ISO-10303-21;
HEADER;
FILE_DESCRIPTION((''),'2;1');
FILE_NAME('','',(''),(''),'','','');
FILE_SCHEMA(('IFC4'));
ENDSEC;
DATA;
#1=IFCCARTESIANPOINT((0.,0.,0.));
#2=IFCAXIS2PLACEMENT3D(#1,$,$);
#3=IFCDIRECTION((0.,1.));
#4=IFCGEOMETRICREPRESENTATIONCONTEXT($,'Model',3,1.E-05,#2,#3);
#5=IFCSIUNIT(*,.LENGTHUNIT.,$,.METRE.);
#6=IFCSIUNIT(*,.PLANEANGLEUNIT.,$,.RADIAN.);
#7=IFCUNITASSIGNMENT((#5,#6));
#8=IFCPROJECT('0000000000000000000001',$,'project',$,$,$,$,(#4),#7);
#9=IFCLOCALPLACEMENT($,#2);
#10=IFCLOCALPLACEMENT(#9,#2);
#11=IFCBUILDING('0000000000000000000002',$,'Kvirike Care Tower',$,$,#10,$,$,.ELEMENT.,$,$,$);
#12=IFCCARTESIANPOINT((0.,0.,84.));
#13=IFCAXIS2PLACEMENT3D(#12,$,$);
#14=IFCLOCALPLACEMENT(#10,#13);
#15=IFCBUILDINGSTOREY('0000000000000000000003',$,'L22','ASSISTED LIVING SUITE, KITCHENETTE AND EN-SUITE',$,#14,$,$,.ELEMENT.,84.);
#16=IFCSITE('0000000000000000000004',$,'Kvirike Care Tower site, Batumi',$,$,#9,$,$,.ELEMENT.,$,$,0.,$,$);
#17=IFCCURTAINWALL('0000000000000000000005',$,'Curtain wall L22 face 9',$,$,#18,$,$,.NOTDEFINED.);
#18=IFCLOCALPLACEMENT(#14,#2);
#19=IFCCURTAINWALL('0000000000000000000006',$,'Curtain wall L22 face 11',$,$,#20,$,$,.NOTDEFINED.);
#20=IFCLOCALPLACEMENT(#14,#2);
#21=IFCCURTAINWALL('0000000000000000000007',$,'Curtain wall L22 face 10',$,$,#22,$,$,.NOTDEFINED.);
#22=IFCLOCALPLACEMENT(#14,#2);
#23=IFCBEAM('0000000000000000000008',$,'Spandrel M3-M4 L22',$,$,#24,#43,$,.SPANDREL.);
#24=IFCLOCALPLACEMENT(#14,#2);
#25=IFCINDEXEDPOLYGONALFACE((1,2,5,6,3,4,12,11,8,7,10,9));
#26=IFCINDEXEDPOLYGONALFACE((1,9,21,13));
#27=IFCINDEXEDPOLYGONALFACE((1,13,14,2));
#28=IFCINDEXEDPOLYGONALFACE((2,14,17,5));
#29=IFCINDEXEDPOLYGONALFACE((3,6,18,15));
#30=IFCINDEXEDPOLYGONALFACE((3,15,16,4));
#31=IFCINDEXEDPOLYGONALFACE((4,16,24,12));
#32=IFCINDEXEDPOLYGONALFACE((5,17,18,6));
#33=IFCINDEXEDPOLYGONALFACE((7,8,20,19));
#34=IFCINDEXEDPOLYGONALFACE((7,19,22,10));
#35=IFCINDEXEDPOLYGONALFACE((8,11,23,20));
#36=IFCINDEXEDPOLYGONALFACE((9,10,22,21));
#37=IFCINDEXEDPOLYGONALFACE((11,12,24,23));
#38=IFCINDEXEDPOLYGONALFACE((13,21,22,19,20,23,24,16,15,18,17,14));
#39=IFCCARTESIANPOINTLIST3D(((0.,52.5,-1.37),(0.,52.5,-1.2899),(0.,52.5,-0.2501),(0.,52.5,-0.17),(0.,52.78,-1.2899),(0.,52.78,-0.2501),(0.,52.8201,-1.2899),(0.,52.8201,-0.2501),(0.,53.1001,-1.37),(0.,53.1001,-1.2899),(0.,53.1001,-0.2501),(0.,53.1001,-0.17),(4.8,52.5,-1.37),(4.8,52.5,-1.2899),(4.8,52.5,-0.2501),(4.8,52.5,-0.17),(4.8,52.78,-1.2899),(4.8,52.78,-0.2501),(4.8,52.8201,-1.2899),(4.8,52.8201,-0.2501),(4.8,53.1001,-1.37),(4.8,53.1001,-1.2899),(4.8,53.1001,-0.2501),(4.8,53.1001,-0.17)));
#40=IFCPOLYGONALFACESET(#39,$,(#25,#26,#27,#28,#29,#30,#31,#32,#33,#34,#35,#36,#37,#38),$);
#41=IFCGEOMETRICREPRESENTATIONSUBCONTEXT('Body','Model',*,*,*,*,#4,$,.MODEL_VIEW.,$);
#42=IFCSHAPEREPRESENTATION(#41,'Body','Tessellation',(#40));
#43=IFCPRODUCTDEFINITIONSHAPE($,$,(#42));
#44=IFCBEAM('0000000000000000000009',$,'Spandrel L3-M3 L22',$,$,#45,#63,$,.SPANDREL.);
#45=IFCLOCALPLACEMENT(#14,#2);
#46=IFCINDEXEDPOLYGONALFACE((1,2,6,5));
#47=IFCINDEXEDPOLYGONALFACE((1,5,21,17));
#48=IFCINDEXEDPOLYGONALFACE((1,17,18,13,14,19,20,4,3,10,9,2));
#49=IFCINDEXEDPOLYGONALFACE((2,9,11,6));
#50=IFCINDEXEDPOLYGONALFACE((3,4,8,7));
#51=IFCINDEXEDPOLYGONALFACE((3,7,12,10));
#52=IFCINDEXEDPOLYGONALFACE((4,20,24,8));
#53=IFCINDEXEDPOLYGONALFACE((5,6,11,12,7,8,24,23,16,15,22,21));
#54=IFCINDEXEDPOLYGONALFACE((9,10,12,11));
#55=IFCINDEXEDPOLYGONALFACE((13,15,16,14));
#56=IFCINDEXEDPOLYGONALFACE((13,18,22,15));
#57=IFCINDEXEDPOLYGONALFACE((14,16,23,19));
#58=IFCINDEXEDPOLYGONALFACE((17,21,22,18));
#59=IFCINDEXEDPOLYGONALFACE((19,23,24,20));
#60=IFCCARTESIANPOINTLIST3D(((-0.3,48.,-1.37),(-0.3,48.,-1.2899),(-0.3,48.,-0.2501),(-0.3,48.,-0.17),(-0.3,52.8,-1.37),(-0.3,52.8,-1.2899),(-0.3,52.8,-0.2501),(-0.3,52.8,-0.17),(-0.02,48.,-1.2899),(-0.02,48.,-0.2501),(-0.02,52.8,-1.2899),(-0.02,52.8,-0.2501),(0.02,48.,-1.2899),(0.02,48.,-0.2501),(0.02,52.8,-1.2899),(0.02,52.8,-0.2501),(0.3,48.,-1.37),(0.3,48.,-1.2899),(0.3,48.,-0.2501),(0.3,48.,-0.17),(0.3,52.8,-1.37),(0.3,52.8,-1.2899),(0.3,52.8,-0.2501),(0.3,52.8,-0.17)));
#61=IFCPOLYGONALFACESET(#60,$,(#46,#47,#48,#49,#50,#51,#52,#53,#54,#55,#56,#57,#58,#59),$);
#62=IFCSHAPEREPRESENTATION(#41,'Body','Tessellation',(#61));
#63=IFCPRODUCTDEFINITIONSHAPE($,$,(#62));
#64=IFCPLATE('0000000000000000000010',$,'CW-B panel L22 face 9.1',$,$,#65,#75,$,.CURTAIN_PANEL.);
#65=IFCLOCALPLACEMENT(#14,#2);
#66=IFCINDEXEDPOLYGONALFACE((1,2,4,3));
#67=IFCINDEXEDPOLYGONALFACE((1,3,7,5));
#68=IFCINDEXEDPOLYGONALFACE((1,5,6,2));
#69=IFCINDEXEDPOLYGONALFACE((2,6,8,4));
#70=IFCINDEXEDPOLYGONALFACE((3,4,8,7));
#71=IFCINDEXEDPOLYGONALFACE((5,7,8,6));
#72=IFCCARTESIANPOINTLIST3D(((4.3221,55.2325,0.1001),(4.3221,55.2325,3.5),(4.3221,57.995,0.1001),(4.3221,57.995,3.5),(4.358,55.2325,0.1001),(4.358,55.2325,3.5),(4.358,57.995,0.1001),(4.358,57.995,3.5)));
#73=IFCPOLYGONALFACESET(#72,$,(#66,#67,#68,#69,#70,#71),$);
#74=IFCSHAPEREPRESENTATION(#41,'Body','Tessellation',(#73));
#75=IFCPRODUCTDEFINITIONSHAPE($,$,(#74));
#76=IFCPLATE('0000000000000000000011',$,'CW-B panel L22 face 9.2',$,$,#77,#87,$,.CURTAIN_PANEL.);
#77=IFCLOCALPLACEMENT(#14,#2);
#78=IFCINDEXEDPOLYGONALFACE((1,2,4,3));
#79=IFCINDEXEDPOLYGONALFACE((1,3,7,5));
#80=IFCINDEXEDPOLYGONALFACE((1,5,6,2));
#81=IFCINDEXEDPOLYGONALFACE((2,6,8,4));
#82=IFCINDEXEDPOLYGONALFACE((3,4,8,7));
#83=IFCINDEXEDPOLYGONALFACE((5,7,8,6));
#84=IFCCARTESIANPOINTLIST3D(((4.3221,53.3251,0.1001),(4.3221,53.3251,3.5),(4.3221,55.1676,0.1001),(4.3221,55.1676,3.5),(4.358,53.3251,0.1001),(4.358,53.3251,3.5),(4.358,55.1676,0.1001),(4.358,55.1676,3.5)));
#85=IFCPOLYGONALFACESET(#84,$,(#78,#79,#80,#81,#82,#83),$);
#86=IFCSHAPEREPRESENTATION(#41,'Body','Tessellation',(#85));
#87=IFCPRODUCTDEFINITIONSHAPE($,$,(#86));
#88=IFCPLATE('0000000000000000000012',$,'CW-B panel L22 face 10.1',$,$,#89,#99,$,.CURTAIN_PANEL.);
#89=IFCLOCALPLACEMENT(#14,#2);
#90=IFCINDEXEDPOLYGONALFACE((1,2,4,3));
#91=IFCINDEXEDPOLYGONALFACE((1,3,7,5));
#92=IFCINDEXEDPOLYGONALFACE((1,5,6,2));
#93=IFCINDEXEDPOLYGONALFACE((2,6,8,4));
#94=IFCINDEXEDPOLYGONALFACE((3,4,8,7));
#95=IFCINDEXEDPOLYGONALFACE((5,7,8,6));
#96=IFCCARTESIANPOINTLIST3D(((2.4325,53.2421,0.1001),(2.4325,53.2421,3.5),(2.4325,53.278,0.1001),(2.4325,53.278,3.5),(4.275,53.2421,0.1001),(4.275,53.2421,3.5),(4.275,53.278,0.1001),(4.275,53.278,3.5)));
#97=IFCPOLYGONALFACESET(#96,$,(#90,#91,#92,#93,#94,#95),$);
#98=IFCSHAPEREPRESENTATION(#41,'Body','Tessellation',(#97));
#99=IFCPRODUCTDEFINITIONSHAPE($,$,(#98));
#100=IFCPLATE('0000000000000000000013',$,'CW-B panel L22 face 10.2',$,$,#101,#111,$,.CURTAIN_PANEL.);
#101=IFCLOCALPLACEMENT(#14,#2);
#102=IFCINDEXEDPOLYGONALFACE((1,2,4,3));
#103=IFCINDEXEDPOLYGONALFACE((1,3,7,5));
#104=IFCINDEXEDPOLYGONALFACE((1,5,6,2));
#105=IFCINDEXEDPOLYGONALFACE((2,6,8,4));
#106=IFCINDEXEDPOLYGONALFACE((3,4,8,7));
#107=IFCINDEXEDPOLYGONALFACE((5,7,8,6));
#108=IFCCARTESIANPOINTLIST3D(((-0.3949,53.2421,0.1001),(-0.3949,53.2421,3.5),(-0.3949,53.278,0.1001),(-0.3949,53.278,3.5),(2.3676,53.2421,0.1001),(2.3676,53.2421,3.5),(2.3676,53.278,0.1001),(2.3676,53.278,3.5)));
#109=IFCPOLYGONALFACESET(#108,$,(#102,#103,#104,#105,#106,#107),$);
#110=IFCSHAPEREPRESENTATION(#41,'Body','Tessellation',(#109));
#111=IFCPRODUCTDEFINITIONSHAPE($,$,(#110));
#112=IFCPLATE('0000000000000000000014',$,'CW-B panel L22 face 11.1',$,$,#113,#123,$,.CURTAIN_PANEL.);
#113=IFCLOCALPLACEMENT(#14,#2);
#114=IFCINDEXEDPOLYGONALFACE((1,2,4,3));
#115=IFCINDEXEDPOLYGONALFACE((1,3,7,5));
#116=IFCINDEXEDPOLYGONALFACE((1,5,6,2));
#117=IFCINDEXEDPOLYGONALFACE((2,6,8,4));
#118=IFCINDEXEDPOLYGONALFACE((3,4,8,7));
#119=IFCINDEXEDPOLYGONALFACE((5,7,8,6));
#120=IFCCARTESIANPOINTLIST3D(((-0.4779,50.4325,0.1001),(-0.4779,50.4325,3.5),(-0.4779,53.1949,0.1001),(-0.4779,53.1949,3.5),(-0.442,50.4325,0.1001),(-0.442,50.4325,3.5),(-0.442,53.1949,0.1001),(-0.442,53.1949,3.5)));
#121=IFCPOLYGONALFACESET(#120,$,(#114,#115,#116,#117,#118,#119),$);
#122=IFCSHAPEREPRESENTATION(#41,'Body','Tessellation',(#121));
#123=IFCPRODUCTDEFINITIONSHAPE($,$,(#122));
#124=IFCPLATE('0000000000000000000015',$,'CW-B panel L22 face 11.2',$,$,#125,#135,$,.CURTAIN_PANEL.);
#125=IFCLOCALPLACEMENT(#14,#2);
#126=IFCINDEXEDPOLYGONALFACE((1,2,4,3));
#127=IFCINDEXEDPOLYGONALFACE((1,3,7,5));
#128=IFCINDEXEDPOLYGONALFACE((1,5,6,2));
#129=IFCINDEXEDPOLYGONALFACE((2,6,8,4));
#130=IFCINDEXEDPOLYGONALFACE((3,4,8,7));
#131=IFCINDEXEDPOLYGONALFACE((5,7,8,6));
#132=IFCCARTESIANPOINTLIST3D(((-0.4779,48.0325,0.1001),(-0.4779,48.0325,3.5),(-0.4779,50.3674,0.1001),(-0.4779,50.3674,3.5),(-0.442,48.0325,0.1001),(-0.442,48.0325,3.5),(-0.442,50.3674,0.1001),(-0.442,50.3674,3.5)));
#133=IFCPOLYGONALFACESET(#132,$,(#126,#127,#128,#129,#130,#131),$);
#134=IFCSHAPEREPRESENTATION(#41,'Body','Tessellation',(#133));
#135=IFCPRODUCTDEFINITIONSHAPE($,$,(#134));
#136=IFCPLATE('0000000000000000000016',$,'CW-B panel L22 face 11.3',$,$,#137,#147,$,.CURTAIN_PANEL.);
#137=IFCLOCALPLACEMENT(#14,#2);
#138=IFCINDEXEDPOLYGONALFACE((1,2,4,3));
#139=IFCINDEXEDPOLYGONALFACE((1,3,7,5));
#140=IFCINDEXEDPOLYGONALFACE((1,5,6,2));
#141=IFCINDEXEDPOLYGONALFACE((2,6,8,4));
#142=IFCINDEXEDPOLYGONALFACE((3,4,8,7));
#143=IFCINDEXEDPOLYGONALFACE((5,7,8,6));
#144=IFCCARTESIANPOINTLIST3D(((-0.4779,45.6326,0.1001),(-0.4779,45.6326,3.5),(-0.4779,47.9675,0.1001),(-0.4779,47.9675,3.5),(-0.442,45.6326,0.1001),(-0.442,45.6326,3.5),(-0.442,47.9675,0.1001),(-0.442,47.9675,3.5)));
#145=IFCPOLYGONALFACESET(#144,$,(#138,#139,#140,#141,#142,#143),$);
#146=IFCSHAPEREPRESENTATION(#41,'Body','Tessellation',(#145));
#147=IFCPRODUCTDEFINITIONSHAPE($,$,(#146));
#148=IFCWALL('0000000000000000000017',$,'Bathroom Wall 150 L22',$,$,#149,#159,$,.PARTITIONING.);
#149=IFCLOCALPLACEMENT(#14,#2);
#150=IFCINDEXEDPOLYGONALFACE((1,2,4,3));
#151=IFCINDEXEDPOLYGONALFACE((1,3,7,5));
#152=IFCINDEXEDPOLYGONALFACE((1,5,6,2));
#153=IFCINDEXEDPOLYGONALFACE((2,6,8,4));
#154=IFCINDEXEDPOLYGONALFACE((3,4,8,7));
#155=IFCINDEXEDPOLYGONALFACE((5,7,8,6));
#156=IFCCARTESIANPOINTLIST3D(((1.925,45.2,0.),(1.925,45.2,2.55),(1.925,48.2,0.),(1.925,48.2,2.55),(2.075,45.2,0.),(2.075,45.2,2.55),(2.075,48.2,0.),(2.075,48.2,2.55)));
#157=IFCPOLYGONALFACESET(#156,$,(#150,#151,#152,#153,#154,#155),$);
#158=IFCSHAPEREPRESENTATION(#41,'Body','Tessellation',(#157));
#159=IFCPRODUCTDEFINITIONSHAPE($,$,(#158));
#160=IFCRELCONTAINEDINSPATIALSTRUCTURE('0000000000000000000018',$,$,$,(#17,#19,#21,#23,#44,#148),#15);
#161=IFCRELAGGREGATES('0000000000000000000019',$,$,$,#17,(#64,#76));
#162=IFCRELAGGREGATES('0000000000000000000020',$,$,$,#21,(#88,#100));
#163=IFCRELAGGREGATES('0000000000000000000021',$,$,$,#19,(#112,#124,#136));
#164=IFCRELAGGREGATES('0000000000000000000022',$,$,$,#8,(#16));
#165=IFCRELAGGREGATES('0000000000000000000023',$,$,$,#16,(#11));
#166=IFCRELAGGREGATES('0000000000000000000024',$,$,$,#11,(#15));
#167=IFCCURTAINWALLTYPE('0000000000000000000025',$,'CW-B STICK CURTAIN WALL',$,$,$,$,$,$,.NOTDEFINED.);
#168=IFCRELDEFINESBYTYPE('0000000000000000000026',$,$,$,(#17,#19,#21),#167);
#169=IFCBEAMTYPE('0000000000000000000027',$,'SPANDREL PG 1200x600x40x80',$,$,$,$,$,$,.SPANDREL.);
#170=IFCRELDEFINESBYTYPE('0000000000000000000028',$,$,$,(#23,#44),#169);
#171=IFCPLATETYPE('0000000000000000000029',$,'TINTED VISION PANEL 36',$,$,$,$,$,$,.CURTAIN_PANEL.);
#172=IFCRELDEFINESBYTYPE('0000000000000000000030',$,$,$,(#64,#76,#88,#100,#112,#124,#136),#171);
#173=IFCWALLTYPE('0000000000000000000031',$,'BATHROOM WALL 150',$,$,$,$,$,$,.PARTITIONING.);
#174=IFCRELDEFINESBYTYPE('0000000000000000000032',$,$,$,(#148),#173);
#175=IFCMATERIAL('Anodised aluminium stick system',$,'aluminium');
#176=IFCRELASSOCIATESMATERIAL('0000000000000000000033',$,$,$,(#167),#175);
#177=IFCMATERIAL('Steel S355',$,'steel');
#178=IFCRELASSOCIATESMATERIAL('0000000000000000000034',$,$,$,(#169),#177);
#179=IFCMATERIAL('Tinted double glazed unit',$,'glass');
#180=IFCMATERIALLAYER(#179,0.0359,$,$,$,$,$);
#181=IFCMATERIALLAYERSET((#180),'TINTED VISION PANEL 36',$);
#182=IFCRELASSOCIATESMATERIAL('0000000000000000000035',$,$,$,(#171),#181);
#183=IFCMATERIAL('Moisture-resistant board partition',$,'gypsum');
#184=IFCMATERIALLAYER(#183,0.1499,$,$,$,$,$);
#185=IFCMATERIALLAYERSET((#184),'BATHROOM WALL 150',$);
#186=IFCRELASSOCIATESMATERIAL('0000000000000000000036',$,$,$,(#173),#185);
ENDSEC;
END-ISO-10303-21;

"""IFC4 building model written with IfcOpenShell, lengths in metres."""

from ifc_helpers import new_model, si_unit, direction, frame, frame_2d, origin, origin_2d, place, context, subcontext, project, spatial, rectangle, i_section, extrude, material, layer, layer_set, material_profile, profile_set, type_object, element, aggregate, save


model = new_model("IFC4")

# Units and contexts
model_context = context("Model", 3, precision=1e-05, world=origin(), true_north=direction((0.0, 1.0)))
body_context = subcontext(model_context, "Body", "Model", "MODEL_VIEW")
ifc_project = project(units=[si_unit("LENGTHUNIT", "METRE"), si_unit("PLANEANGLEUNIT", "RADIAN")], contexts=[model_context])

# Site, building, storey
site_placement = place(None, origin())
site = spatial("IfcSite", under=ifc_project, at=site_placement, Name="Kvirike Care Tower site, Batumi", CompositionType="ELEMENT", RefElevation=0.0)
building_placement = place(site_placement, origin())
building = spatial("IfcBuilding", under=site, at=building_placement, Name="Kvirike Care Tower", CompositionType="ELEMENT")
storey_placement = place(building_placement, frame((0.0, 0.0, 84.0)))
storey = spatial("IfcBuildingStorey", under=building, at=storey_placement, Name="L22", Description="ASSISTED LIVING SUITE, KITCHENETTE AND EN-SUITE", CompositionType="ELEMENT", Elevation=84.0)

# Curtain walls
ifc_material_1 = material(Name="Anodised aluminium stick system", Category="aluminium")
curtain_wall_type = type_object("IfcCurtainWallType", Name="CW-B STICK CURTAIN WALL", PredefinedType="NOTDEFINED", material=ifc_material_1)
curtain_wall_1_placement = place(storey_placement, origin())
curtain_wall_1 = element("IfcCurtainWall", 1, at=curtain_wall_1_placement, inside=storey, type_object=curtain_wall_type, Name="Curtain wall L22 face 9", PredefinedType="NOTDEFINED")
curtain_wall_2_placement = place(storey_placement, origin())
curtain_wall_2 = element("IfcCurtainWall", 2, at=curtain_wall_2_placement, inside=storey, type_object=curtain_wall_type, Name="Curtain wall L22 face 11", PredefinedType="NOTDEFINED")

# Curtain wall
curtain_wall_3_placement = place(storey_placement, origin())
curtain_wall_3 = element("IfcCurtainWall", 3, at=curtain_wall_3_placement, inside=storey, type_object=curtain_wall_type, Name="Curtain wall L22 face 10", PredefinedType="NOTDEFINED")

# Beams
ifc_material_2 = material(Name="Steel S355", Category="steel")
ifc_material_profile_1 = material_profile(ifc_material_2, i_section(OverallWidth=0.6001, OverallDepth=1.2, WebThickness=0.04, FlangeThickness=0.0801, at=origin_2d()), Name="PG 1200x600x40x80")
ifc_profile_set_1 = profile_set([ifc_material_profile_1], Name="Steel S355")
beam_type_1 = type_object("IfcBeamType", Name="SPANDREL PG 1200x600x40x80", PredefinedType="SPANDREL", material=ifc_profile_set_1)
for number, where, z_axis, x_axis, name in (
    (4, (0.0, 52.8, -0.77), (1.0, 0.0, 0.0), (0.0, 1.0, 0.0), "Spandrel M3-M4 L22"),
    (5, (0.0, 48.0, -0.77), (0.0, 1.0, 0.0), (-1.0, 0.0, 0.0), "Spandrel L3-M3 L22"),
):
    element("IfcBeam", number, at=place(storey_placement, frame(where, z_axis=z_axis, x_axis=x_axis)), inside=storey, type_object=beam_type_1, Name=name, PredefinedType="SPANDREL", context=body_context, shape_type="SweptSolid", body=[
        extrude(i_section(OverallWidth=0.6001, OverallDepth=1.2, WebThickness=0.04, FlangeThickness=0.0801, at=origin_2d()), origin(), (0.0, 0.0, 1.0), 4.8),
    ])

# Plates
ifc_material_3 = material(Name="Tinted double glazed unit", Category="glass")
ifc_layer_1 = layer(ifc_material_3, 0.0359)
ifc_layer_set_1 = layer_set([ifc_layer_1], Name="TINTED VISION PANEL 36")
plate_type = type_object("IfcPlateType", Name="TINTED VISION PANEL 36", PredefinedType="CURTAIN_PANEL", material=ifc_layer_set_1)
plate_1_placement = place(storey_placement, frame((4.3401, 56.6138, 0.1001), z_axis=(0.0, 0.0, 1.0), x_axis=(0.0, -1.0, 0.0)))
plate_1 = element("IfcPlate", 6, at=plate_1_placement, type_object=plate_type, Name="CW-B panel L22 face 9.1", PredefinedType="CURTAIN_PANEL", context=body_context, shape_type="SweptSolid", body=[
    extrude(rectangle(XDim=2.7625, YDim=0.0359, at=origin_2d()), origin(), (0.0, 0.0, 1.0), 3.3999),
])
plate_2_placement = place(storey_placement, frame((4.3401, 54.2463, 0.1001), z_axis=(0.0, 0.0, 1.0), x_axis=(0.0, -1.0, 0.0)))
plate_2 = element("IfcPlate", 7, at=plate_2_placement, type_object=plate_type, Name="CW-B panel L22 face 9.2", PredefinedType="CURTAIN_PANEL", context=body_context, shape_type="SweptSolid", body=[
    extrude(rectangle(XDim=1.8425, YDim=0.0359, at=origin_2d()), origin(), (0.0, 0.0, 1.0), 3.3999),
])
aggregate(curtain_wall_1, [plate_1, plate_2])
plate_3_placement = place(storey_placement, frame((3.3538, 53.26, 0.1001), z_axis=(0.0, 0.0, 1.0), x_axis=(-1.0, 0.0, 0.0)))
plate_3 = element("IfcPlate", 8, at=plate_3_placement, type_object=plate_type, Name="CW-B panel L22 face 10.1", PredefinedType="CURTAIN_PANEL", context=body_context, shape_type="SweptSolid", body=[
    extrude(rectangle(XDim=1.8425, YDim=0.0359, at=origin_2d()), origin(), (0.0, 0.0, 1.0), 3.3999),
])
plate_4_placement = place(storey_placement, frame((0.9863, 53.26, 0.1001), z_axis=(0.0, 0.0, 1.0), x_axis=(-1.0, 0.0, 0.0)))
plate_4 = element("IfcPlate", 9, at=plate_4_placement, type_object=plate_type, Name="CW-B panel L22 face 10.2", PredefinedType="CURTAIN_PANEL", context=body_context, shape_type="SweptSolid", body=[
    extrude(rectangle(XDim=2.7625, YDim=0.0359, at=origin_2d()), origin(), (0.0, 0.0, 1.0), 3.3999),
])
aggregate(curtain_wall_3, [plate_3, plate_4])
plate_5_placement = place(storey_placement, frame((-0.46, 51.8137, 0.1001), z_axis=(0.0, 0.0, 1.0), x_axis=(0.0, -1.0, 0.0)))
plate_5 = element("IfcPlate", 10, at=plate_5_placement, type_object=plate_type, Name="CW-B panel L22 face 11.1", PredefinedType="CURTAIN_PANEL", context=body_context, shape_type="SweptSolid", body=[
    extrude(rectangle(XDim=2.7625, YDim=0.0359, at=origin_2d()), origin(), (0.0, 0.0, 1.0), 3.3999),
])
plate_6_placement = place(storey_placement, frame((-0.46, 49.2, 0.1001), z_axis=(0.0, 0.0, 1.0), x_axis=(0.0, -1.0, 0.0)))
plate_6 = element("IfcPlate", 11, at=plate_6_placement, type_object=plate_type, Name="CW-B panel L22 face 11.2", PredefinedType="CURTAIN_PANEL", context=body_context, shape_type="SweptSolid", body=[
    extrude(rectangle(XDim=2.335, YDim=0.0359, at=origin_2d()), origin(), (0.0, 0.0, 1.0), 3.3999),
])
plate_7_placement = place(storey_placement, frame((-0.46, 46.8, 0.1001), z_axis=(0.0, 0.0, 1.0), x_axis=(0.0, -1.0, 0.0)))
plate_7 = element("IfcPlate", 12, at=plate_7_placement, type_object=plate_type, Name="CW-B panel L22 face 11.3", PredefinedType="CURTAIN_PANEL", context=body_context, shape_type="SweptSolid", body=[
    extrude(rectangle(XDim=2.335, YDim=0.0359, at=origin_2d()), origin(), (0.0, 0.0, 1.0), 3.3999),
])
aggregate(curtain_wall_2, [plate_5, plate_6, plate_7])

# Wall
ifc_material_4 = material(Name="Moisture-resistant board partition", Category="gypsum")
ifc_layer_2 = layer(ifc_material_4, 0.1499)
ifc_layer_set_2 = layer_set([ifc_layer_2], Name="BATHROOM WALL 150")
wall_type_1 = type_object("IfcWallType", Name="BATHROOM WALL 150", PredefinedType="PARTITIONING", material=ifc_layer_set_2)
wall_1_placement = place(storey_placement, frame((2.0, 48.2, 0.0), z_axis=(0.0, 0.0, 1.0), x_axis=(0.0, -1.0, 0.0)))
element("IfcWall", 13, at=wall_1_placement, inside=storey, type_object=wall_type_1, Name="Bathroom Wall 150 L22", PredefinedType="PARTITIONING", context=body_context, shape_type="SweptSolid", body=[
    extrude(rectangle(XDim=3.0, YDim=0.1499, at=frame_2d((1.5, 0.0))), origin(), (0.0, 0.0, 1.0), 2.55),
])

save(model, "model.ifc")
